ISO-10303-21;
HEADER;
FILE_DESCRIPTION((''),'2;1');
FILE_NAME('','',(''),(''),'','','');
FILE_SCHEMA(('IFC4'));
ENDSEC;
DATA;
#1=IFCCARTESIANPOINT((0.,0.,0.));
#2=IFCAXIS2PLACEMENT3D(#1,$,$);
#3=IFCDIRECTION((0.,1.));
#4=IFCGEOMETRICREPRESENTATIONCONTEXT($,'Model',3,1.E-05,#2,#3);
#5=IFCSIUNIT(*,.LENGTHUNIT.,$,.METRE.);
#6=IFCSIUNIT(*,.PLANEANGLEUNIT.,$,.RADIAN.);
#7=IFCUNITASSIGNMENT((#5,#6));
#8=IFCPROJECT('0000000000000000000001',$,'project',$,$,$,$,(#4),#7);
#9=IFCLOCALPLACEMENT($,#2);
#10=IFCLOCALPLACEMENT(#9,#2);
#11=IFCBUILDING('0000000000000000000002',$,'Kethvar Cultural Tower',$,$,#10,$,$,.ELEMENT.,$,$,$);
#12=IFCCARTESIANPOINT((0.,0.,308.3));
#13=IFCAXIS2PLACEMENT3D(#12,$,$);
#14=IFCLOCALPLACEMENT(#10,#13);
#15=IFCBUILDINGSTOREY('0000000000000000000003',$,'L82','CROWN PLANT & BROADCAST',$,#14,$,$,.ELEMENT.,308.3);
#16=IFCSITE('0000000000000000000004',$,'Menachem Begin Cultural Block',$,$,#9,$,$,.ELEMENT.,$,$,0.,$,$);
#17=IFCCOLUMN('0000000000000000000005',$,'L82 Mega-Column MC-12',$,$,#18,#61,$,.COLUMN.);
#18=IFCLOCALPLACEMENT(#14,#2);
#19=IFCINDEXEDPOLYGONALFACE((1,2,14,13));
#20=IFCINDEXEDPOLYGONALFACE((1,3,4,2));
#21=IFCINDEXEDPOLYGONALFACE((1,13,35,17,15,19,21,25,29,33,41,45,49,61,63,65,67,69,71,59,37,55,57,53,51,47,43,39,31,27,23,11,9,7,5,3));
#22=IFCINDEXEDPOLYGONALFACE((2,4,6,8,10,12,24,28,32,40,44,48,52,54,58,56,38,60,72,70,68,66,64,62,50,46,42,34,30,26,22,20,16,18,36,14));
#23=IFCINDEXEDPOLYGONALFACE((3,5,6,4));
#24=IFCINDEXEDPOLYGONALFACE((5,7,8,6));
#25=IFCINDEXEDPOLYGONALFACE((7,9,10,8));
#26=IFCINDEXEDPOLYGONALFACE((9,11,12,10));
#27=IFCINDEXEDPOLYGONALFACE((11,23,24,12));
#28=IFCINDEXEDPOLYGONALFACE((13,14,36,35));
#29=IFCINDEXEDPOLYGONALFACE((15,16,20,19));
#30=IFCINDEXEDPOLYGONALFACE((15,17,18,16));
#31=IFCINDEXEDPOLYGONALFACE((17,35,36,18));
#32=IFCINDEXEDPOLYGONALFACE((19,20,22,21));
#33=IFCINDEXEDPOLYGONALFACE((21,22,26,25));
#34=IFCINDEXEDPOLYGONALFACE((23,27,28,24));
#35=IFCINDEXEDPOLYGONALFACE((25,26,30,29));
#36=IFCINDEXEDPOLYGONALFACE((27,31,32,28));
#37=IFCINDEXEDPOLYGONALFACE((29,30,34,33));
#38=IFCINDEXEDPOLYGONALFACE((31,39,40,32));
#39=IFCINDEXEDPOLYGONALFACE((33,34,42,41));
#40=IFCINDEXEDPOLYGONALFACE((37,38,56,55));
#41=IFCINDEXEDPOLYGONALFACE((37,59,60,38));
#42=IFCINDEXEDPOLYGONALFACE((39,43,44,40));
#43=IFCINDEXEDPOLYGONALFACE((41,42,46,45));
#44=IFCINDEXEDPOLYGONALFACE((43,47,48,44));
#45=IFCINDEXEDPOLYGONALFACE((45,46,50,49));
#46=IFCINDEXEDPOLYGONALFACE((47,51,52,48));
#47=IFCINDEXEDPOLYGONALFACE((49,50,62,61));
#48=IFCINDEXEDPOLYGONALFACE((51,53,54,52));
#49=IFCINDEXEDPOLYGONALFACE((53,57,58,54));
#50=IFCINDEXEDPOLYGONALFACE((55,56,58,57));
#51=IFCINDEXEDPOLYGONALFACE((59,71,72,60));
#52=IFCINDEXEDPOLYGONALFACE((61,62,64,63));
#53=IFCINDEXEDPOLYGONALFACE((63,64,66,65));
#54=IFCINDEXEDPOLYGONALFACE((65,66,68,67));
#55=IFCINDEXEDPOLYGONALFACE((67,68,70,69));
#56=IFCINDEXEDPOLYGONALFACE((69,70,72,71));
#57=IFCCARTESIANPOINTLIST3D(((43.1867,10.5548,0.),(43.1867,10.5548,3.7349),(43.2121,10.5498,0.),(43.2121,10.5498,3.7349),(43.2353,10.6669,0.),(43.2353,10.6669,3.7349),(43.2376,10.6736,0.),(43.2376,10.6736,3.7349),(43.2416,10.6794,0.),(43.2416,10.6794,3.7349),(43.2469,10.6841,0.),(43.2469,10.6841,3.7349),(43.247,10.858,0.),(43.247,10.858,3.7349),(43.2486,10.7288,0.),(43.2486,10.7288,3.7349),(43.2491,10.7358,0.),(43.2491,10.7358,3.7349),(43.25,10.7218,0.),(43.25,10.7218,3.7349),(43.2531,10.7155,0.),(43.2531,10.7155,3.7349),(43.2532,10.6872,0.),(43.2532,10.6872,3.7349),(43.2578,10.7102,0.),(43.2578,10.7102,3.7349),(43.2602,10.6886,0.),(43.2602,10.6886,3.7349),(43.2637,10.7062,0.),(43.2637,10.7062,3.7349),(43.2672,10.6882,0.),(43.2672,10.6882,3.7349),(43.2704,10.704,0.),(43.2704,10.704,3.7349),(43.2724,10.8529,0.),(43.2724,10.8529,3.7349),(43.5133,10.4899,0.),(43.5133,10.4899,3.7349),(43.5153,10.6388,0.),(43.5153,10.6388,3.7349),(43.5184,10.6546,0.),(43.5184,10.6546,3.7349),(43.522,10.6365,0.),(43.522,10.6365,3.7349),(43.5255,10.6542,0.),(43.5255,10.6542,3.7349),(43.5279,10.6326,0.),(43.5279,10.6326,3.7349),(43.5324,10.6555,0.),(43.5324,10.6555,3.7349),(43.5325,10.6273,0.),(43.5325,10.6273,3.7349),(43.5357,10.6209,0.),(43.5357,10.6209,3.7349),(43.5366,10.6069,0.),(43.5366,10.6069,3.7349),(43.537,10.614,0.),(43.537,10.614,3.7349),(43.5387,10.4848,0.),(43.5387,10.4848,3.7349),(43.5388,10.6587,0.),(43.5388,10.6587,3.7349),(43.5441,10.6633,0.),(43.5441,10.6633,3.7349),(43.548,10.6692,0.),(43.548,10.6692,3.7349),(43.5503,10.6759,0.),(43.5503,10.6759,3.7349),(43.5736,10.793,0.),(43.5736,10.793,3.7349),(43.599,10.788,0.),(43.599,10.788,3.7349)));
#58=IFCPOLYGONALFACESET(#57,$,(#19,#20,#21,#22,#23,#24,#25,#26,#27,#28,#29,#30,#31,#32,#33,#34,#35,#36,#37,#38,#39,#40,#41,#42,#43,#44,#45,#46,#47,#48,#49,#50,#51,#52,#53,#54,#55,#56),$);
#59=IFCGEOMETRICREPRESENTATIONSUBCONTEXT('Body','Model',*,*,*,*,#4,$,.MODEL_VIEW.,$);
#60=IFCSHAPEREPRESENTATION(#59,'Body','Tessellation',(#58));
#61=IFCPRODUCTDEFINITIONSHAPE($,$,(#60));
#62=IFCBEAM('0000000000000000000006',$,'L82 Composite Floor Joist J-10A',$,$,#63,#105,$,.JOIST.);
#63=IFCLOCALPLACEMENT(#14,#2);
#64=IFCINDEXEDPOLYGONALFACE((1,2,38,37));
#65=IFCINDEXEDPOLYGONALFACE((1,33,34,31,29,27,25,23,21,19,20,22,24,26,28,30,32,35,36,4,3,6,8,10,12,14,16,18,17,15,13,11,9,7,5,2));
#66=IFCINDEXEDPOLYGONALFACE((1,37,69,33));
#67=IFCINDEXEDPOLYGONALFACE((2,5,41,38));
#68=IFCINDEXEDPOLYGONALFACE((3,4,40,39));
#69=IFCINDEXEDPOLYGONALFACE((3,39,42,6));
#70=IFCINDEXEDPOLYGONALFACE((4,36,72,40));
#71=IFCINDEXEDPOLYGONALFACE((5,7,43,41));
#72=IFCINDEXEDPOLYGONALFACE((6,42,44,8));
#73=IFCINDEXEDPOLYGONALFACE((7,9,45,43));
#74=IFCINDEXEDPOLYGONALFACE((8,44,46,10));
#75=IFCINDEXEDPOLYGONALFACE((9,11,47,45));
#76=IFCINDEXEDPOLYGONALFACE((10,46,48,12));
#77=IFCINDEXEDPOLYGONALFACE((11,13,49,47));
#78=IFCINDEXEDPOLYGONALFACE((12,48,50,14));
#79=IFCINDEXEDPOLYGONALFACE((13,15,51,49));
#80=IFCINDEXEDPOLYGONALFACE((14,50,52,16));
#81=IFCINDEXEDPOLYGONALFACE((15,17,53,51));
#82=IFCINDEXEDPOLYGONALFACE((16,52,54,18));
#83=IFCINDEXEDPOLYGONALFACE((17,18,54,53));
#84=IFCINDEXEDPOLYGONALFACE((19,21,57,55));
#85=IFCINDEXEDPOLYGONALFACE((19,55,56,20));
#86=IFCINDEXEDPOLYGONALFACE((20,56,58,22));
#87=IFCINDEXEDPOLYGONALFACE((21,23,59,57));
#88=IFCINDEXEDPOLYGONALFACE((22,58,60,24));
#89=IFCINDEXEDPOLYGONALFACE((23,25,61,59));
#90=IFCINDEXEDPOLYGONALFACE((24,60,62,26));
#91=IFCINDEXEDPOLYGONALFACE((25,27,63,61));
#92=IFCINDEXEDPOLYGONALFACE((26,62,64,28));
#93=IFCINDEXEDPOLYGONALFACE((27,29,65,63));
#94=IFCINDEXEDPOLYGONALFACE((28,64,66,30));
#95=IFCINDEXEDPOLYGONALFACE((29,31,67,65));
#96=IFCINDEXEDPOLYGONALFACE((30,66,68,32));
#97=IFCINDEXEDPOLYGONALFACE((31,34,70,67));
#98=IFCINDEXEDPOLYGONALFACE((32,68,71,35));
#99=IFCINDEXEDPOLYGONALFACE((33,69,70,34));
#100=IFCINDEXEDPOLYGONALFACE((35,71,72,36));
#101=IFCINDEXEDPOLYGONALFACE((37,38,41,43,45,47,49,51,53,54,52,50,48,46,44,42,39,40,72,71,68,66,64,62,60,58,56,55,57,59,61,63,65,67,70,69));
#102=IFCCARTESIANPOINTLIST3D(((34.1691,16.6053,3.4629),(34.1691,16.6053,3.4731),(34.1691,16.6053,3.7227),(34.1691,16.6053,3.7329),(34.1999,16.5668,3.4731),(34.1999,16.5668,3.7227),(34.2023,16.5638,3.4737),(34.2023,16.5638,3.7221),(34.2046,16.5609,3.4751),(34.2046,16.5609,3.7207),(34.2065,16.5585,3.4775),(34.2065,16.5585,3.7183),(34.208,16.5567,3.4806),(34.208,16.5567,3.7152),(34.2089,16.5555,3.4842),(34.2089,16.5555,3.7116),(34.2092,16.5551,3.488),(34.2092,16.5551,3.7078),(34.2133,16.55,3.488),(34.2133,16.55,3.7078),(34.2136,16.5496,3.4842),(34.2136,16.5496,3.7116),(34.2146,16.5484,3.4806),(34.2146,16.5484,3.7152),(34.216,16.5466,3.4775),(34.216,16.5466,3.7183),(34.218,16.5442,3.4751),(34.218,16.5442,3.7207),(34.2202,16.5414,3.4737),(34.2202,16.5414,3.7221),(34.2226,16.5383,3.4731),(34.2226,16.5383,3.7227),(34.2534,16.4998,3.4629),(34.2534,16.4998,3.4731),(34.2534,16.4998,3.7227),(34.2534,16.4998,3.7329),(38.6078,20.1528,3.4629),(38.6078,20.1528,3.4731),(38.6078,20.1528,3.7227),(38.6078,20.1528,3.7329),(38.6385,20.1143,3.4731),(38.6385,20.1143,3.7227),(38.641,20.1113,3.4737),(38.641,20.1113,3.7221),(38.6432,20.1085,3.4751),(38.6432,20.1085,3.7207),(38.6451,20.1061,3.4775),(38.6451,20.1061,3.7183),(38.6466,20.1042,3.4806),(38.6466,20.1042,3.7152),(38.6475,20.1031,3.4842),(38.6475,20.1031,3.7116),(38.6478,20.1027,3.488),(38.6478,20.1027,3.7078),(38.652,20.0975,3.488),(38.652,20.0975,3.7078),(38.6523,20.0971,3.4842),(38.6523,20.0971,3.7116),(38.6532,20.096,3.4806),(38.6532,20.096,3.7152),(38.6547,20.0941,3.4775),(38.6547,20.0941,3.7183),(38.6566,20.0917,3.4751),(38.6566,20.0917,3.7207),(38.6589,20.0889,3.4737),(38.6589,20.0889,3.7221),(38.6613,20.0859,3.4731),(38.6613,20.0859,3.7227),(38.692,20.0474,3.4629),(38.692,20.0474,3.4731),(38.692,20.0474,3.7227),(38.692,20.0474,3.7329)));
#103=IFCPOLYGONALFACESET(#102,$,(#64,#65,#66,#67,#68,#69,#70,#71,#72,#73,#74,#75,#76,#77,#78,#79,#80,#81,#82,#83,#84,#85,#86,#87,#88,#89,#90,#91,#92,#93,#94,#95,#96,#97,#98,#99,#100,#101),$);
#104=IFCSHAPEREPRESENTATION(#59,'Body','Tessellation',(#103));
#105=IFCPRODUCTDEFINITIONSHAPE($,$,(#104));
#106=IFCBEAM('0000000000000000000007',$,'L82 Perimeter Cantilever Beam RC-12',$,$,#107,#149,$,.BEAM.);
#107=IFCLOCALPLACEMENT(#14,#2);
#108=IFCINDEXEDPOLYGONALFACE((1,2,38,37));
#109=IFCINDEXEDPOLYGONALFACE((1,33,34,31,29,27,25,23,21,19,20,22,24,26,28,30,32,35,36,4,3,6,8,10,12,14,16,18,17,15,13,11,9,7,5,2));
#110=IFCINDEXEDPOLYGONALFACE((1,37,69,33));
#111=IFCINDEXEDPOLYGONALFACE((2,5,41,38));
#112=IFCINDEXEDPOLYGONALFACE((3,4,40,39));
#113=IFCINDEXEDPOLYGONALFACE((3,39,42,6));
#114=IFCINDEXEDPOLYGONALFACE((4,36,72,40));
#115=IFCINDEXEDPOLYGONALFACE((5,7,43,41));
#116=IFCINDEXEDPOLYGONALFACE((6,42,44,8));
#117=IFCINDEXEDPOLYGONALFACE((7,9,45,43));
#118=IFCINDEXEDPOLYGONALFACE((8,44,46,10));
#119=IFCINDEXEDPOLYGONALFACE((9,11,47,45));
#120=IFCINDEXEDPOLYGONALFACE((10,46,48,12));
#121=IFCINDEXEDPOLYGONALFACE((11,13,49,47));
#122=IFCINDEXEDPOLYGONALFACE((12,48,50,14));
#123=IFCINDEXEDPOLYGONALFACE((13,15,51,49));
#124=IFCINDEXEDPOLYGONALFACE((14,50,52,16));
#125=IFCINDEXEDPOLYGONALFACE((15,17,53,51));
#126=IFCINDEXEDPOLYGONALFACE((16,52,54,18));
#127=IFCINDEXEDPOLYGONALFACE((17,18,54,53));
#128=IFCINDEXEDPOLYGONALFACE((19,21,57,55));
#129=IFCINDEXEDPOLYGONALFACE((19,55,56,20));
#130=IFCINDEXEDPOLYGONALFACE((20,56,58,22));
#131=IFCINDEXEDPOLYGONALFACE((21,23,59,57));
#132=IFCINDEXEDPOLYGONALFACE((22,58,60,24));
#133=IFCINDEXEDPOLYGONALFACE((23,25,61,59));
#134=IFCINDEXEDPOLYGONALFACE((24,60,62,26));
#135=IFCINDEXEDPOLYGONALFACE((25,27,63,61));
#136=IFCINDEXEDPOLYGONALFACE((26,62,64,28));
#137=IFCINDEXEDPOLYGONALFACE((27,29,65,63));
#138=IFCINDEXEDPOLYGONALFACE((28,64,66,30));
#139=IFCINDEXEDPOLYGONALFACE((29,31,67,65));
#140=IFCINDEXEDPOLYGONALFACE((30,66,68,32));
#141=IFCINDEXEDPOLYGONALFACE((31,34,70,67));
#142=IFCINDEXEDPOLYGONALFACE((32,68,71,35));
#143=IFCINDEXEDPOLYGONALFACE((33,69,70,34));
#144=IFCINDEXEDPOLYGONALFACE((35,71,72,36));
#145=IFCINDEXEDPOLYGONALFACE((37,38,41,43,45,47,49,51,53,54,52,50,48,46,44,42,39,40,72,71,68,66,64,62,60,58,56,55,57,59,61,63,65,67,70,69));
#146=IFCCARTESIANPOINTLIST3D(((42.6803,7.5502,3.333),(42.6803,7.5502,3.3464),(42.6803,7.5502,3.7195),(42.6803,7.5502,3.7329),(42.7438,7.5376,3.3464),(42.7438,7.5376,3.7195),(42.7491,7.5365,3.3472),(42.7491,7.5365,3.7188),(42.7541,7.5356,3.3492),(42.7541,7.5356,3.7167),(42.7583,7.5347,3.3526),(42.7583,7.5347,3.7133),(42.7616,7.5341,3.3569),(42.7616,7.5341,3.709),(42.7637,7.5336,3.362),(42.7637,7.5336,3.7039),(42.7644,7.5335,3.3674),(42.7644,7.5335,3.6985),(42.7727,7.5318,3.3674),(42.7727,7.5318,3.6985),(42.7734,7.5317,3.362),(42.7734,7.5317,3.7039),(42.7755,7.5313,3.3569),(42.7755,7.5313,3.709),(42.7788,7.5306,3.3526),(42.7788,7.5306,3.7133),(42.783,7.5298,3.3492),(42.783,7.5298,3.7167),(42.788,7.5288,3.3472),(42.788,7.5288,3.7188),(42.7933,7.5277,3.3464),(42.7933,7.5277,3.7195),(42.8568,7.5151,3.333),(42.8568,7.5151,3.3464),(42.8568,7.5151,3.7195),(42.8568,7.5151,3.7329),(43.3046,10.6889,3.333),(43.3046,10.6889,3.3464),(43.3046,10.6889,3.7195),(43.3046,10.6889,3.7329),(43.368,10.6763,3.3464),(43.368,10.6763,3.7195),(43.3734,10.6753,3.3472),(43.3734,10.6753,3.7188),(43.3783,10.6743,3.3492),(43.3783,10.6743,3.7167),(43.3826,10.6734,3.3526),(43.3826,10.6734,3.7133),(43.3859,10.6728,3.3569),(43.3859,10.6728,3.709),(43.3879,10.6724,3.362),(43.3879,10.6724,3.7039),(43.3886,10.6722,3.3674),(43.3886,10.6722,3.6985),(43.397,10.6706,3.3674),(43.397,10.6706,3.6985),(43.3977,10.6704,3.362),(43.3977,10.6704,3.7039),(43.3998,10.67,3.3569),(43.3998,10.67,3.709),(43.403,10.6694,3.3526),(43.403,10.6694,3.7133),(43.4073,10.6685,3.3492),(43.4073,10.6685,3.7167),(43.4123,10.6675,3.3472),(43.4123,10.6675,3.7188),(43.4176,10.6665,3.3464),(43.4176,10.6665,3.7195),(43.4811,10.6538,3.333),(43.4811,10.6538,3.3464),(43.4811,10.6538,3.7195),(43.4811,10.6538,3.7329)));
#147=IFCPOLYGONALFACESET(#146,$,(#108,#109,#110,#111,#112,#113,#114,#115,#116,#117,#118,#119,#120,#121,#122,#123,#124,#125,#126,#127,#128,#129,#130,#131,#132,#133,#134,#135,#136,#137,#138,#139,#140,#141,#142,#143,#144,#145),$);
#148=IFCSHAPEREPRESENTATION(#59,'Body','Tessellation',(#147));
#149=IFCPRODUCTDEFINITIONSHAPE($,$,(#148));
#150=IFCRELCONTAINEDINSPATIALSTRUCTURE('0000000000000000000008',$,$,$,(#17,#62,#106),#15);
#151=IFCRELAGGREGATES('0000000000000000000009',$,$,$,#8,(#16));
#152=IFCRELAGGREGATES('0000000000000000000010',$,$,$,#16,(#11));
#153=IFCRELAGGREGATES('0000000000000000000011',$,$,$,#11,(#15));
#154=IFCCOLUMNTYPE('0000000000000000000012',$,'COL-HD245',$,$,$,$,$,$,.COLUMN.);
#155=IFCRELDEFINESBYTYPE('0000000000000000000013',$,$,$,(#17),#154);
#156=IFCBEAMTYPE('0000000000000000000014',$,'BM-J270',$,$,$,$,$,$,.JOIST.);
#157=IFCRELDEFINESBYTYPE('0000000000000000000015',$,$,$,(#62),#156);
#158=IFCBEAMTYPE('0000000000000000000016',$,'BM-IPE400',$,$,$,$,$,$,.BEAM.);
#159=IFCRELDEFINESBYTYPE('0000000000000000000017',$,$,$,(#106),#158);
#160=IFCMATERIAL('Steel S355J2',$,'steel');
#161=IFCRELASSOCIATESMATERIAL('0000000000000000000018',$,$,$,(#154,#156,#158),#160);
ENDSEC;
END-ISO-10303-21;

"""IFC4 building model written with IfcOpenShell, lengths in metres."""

from ifc_helpers import new_model, si_unit, direction, frame, origin, origin_2d, place, context, subcontext, project, spatial, i_section, extrude, source, transform, mapped, material, material_profile, profile_set, type_object, element, save


model = new_model("IFC4")

# Units and contexts
model_context = context("Model", 3, precision=1e-05, world=origin(), true_north=direction((0.0, 1.0)))
body_context = subcontext(model_context, "Body", "Model", "MODEL_VIEW")
ifc_project = project(units=[si_unit("LENGTHUNIT", "METRE"), si_unit("PLANEANGLEUNIT", "RADIAN")], contexts=[model_context])

# Site, building, storey
site_placement = place(None, origin())
site = spatial("IfcSite", under=ifc_project, at=site_placement, Name="Menachem Begin Cultural Block", CompositionType="ELEMENT", RefElevation=0.0)
building_placement = place(site_placement, origin())
building = spatial("IfcBuilding", under=site, at=building_placement, Name="Kethvar Cultural Tower", CompositionType="ELEMENT")
storey_placement = place(building_placement, frame((0.0, 0.0, 308.3)))
storey = spatial("IfcBuildingStorey", under=building, at=storey_placement, Name="L82", Description="CROWN PLANT & BROADCAST", CompositionType="ELEMENT", Elevation=308.3)

# Column
ifc_material_1 = material(Name="Steel S355J2", Category="steel")
ifc_material_profile_1 = material_profile(ifc_material_1, i_section(OverallWidth=0.3091, OverallDepth=0.3589, WebThickness=0.0161, FlangeThickness=0.0259, FilletRadius=0.0271, at=origin_2d()), Name="Steel S355J2 — HD320x245")
ifc_profile_set_1 = profile_set([ifc_material_profile_1], Name="Steel S355J2 — HD320x245")
column_type = type_object("IfcColumnType", Name="COL-HD245", PredefinedType="COLUMN", material=ifc_profile_set_1)
shared_shape_1 = source(origin(), body_context, "Body", "SweptSolid", [
    extrude(i_section(OverallWidth=0.3091, OverallDepth=0.3589, WebThickness=0.0161, FlangeThickness=0.0259, FilletRadius=0.0271, at=origin_2d()), origin(), (0.0, 0.0, 1.0), 3.7349),
])
column_placement = place(storey_placement, frame((43.3928, 10.6714, 0.0), z_axis=(0.0, 0.0, 1.0), x_axis=(-0.19509, -0.980785, 0.0)))
element("IfcColumn", 1, at=column_placement, inside=storey, type_object=column_type, Name="L82 Mega-Column MC-12", PredefinedType="COLUMN", context=body_context, shape_type="MappedRepresentation", body=[
    mapped(shared_shape_1, transform((0.0, 0.0, 0.0), scale=1.0)),
])

# Beams
ifc_material_profile_2 = material_profile(ifc_material_1, i_section(OverallWidth=0.135, OverallDepth=0.27, WebThickness=0.0066, FlangeThickness=0.0103, FilletRadius=0.0149, at=origin_2d()), Name="Steel S355J2 — IPE270")
ifc_profile_set_2 = profile_set([ifc_material_profile_2], Name="Steel S355J2 — IPE270")
beam_type_1 = type_object("IfcBeamType", Name="BM-J270", PredefinedType="JOIST", material=ifc_profile_set_2)
shared_shape_2 = source(origin(), body_context, "Body", "SweptSolid", [
    extrude(i_section(OverallWidth=0.135, OverallDepth=0.27, WebThickness=0.0066, FlangeThickness=0.0103, FilletRadius=0.0149, at=origin_2d()), origin(), (0.0, 0.0, 1.0), 5.6821),
])
beam_1_placement = place(storey_placement, frame((38.6499, 20.1001, 3.5979), z_axis=(-0.781158, -0.624333, 0.0), x_axis=(0.624333, -0.781158, 0.0)))
element("IfcBeam", 2, at=beam_1_placement, inside=storey, type_object=beam_type_1, Name="L82 Composite Floor Joist J-10A", PredefinedType="JOIST", context=body_context, shape_type="MappedRepresentation", body=[
    mapped(shared_shape_2, transform((0.0, 0.0, 0.0), scale=1.0)),
])
ifc_material_profile_3 = material_profile(ifc_material_1, i_section(OverallWidth=0.1799, OverallDepth=0.3999, WebThickness=0.0085, FlangeThickness=0.0134, FilletRadius=0.021, at=origin_2d()), Name="Steel S355J2 — IPE400")
ifc_profile_set_3 = profile_set([ifc_material_profile_3], Name="Steel S355J2 — IPE400")
beam_type_2 = type_object("IfcBeamType", Name="BM-IPE400", PredefinedType="BEAM", material=ifc_profile_set_3)
shared_shape_3 = source(origin(), body_context, "Body", "SweptSolid", [
    extrude(i_section(OverallWidth=0.1799, OverallDepth=0.3999, WebThickness=0.0085, FlangeThickness=0.0134, FilletRadius=0.021, at=origin_2d()), origin(), (0.0, 0.0, 1.0), 3.2002),
])
beam_2_placement = place(storey_placement, frame((43.3928, 10.6714, 3.533), z_axis=(-0.195074, -0.980788, 0.0), x_axis=(0.980788, -0.195074, 0.0)))
element("IfcBeam", 3, at=beam_2_placement, inside=storey, type_object=beam_type_2, Name="L82 Perimeter Cantilever Beam RC-12", PredefinedType="BEAM", context=body_context, shape_type="MappedRepresentation", body=[
    mapped(shared_shape_3, transform((0.0, 0.0, 0.0), scale=1.0)),
])

save(model, "model.ifc")
